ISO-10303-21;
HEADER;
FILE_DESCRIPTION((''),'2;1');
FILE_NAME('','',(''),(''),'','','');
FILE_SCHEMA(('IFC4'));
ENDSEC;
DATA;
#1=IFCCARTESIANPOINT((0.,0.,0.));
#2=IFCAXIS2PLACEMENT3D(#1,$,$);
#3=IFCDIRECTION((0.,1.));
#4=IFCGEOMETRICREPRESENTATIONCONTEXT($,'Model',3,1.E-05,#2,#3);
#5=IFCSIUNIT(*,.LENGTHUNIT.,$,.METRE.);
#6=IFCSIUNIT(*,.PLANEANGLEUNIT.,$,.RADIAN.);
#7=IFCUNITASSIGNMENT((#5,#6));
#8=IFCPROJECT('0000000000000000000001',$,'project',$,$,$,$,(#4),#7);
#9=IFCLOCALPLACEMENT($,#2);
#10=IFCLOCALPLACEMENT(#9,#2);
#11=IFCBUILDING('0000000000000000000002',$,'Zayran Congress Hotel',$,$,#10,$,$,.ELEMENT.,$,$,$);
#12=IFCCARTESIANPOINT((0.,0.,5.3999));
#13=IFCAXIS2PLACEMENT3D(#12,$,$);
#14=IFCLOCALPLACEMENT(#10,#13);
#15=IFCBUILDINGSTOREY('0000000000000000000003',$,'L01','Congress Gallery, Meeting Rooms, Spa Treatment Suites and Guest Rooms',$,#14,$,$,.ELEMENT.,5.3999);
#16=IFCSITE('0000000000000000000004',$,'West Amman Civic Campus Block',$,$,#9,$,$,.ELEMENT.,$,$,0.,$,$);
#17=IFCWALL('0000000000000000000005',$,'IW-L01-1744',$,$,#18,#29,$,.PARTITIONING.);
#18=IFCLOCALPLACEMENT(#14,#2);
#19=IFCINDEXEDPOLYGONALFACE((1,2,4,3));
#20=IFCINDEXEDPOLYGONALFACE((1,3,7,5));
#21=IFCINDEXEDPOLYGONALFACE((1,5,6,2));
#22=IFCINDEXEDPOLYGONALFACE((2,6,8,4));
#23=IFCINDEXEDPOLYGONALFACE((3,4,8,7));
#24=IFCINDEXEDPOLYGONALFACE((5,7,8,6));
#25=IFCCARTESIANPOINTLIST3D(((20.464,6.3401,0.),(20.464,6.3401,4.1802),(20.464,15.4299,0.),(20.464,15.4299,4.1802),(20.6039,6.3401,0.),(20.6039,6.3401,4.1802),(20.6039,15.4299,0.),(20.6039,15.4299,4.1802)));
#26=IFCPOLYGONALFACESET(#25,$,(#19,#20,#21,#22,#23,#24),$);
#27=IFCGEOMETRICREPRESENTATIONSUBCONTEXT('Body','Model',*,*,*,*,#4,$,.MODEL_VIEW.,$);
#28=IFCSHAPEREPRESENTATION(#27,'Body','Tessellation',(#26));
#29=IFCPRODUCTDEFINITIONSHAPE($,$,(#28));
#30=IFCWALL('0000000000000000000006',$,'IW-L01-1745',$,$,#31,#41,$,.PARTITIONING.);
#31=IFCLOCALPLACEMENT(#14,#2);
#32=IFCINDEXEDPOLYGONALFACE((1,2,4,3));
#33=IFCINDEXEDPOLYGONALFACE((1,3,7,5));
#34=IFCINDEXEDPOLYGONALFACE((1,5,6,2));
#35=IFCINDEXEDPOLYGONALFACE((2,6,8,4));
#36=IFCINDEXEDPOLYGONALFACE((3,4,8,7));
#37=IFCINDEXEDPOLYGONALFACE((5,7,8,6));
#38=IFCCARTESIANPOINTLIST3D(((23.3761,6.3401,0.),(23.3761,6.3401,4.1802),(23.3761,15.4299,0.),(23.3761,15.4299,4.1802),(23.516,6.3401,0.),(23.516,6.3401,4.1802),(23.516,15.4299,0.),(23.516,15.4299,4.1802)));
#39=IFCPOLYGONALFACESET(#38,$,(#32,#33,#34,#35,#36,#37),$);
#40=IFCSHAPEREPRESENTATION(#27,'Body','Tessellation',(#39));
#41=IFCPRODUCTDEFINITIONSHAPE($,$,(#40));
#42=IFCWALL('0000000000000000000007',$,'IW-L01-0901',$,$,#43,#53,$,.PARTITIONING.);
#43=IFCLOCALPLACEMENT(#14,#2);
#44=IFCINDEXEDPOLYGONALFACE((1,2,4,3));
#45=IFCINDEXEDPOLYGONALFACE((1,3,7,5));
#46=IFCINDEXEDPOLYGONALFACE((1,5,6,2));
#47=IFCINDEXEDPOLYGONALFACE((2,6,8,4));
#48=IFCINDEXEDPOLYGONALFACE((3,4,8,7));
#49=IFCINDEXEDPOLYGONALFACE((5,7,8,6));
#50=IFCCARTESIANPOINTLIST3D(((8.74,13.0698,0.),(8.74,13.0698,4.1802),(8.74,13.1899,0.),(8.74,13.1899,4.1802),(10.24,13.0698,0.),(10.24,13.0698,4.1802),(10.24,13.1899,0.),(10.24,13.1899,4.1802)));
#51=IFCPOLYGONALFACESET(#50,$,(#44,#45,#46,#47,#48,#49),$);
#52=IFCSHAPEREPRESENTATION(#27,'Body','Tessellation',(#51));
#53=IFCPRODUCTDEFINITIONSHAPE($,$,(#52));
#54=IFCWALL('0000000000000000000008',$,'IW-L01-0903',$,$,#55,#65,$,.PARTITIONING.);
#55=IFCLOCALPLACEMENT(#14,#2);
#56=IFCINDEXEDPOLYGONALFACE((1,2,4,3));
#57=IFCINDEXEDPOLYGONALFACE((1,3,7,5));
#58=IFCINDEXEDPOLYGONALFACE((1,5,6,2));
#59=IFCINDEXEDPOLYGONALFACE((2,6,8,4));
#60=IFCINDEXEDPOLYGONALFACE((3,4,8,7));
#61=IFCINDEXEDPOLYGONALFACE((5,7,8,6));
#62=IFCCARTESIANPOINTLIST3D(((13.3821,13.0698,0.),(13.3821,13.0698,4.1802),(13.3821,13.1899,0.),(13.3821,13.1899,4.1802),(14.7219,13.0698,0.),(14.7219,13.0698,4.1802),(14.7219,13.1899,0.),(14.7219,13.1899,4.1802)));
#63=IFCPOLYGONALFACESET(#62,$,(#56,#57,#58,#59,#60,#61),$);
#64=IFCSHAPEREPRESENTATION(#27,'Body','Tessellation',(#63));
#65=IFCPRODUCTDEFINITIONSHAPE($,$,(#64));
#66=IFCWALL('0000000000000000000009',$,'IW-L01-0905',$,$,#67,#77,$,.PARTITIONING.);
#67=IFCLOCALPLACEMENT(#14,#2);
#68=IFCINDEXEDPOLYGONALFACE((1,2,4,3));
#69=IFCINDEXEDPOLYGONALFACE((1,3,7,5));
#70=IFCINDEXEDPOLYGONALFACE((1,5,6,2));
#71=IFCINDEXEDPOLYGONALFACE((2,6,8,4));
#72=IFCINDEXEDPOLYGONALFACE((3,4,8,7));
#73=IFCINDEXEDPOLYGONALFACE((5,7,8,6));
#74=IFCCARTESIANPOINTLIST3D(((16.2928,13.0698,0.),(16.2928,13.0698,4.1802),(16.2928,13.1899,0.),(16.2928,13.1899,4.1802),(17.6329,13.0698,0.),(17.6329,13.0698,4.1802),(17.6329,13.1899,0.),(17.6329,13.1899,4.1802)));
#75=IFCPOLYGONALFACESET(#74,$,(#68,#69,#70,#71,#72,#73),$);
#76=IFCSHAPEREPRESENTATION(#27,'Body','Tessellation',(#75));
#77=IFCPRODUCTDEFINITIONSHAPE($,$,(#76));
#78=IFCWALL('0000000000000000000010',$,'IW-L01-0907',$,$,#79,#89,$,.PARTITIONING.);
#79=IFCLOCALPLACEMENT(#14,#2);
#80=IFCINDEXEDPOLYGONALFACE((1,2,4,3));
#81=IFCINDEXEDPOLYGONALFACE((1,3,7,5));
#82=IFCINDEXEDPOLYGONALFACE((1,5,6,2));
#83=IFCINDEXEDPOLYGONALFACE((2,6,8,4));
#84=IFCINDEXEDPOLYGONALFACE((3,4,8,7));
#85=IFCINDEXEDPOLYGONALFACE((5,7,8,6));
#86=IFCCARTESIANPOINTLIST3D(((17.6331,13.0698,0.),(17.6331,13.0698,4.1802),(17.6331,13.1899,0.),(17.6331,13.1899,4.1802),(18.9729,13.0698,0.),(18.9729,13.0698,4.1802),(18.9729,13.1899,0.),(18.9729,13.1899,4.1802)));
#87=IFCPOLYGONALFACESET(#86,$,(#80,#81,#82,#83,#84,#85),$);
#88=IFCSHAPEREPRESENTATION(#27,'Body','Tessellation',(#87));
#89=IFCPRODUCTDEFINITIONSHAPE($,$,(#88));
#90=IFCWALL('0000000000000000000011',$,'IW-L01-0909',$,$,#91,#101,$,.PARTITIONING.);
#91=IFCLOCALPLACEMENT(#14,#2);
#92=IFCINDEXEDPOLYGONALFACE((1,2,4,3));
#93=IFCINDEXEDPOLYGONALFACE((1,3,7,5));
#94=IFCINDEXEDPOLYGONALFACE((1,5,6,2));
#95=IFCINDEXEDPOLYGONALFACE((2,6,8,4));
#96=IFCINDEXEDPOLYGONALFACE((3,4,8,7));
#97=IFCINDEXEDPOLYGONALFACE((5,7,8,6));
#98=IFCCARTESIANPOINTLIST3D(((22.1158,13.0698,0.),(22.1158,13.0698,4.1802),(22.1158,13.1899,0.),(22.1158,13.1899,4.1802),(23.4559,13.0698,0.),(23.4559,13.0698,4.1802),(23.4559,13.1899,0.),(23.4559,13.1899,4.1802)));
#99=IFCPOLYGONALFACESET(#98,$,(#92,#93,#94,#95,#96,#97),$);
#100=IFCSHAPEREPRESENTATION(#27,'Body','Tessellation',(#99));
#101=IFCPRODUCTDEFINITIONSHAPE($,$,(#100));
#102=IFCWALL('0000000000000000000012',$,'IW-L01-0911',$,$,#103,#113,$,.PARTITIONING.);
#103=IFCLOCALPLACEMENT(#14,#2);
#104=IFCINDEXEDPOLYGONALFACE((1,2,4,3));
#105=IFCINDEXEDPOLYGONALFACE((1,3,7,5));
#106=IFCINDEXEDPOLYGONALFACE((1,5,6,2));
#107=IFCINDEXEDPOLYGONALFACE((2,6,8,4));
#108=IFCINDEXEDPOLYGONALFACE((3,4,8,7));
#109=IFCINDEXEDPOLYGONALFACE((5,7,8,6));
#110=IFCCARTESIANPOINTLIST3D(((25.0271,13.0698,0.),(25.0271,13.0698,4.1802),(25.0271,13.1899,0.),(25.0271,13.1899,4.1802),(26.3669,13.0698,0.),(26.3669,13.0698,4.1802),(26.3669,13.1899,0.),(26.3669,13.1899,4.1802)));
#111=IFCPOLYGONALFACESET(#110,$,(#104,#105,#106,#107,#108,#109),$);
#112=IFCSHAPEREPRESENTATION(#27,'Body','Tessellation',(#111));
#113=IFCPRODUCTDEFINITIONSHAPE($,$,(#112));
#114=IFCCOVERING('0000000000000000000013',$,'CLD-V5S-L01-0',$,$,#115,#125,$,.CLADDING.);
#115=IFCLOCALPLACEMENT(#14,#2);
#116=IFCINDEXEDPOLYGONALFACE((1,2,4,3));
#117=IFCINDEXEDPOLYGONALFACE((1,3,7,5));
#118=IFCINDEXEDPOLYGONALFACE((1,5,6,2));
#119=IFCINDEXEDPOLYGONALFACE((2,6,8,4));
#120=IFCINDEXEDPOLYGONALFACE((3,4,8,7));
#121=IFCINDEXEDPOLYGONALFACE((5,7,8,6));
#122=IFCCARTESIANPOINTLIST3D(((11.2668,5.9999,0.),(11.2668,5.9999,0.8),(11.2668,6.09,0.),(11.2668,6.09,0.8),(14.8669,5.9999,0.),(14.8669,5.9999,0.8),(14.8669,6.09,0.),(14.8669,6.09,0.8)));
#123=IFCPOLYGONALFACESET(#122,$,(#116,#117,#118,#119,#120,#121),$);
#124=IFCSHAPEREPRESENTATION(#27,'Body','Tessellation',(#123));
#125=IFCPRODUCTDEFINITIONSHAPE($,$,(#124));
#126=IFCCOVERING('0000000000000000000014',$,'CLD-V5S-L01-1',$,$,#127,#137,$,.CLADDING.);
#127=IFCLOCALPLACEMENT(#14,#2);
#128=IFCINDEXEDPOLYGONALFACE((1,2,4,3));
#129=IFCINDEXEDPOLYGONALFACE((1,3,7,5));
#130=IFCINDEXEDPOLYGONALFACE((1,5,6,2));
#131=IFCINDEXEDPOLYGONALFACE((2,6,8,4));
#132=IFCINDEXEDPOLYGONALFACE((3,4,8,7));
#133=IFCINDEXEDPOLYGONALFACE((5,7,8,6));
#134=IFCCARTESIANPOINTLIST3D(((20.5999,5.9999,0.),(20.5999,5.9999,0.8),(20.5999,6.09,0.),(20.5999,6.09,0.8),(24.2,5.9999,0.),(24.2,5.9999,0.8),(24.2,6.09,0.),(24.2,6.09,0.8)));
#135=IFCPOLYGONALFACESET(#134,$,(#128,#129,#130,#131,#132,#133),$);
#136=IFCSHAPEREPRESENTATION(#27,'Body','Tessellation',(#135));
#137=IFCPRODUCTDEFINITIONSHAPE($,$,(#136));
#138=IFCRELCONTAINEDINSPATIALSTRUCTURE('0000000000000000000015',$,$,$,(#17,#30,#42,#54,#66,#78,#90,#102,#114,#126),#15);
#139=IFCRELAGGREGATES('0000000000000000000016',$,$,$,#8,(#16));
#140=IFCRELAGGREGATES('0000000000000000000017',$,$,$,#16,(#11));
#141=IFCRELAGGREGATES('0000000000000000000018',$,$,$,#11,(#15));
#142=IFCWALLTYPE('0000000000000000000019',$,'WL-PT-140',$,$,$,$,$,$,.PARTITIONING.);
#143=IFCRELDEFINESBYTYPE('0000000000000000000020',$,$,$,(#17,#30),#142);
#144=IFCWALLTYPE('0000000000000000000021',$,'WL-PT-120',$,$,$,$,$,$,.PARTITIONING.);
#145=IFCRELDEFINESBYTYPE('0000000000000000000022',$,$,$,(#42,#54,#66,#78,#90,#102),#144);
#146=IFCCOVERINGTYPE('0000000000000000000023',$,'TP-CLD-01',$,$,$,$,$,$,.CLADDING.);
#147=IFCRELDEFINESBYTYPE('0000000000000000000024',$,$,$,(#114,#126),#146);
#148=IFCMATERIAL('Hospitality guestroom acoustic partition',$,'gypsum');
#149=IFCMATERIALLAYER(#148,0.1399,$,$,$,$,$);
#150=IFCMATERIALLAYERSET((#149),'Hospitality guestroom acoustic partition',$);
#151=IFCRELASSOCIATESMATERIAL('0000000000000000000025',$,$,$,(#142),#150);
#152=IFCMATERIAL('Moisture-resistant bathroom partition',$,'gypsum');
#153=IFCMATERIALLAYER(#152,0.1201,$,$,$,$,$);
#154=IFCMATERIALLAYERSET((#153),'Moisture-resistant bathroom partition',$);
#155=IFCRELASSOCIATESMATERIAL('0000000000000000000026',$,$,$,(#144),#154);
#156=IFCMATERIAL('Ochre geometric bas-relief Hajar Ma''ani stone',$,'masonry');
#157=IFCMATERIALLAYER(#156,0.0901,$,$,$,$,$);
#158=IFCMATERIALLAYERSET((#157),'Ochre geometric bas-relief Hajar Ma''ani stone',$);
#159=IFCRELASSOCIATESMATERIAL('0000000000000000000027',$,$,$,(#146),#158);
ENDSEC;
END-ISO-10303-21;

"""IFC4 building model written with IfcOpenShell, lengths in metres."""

from ifc_helpers import new_model, si_unit, direction, frame, frame_2d, origin, origin_2d, place, context, subcontext, project, spatial, rectangle, extrude, material, layer, layer_set, type_object, element, save


model = new_model("IFC4")

# Units and contexts
model_context = context("Model", 3, precision=1e-05, world=origin(), true_north=direction((0.0, 1.0)))
body_context = subcontext(model_context, "Body", "Model", "MODEL_VIEW")
ifc_project = project(units=[si_unit("LENGTHUNIT", "METRE"), si_unit("PLANEANGLEUNIT", "RADIAN")], contexts=[model_context])

# Site, building, storey
site_placement = place(None, origin())
site = spatial("IfcSite", under=ifc_project, at=site_placement, Name="West Amman Civic Campus Block", CompositionType="ELEMENT", RefElevation=0.0)
building_placement = place(site_placement, origin())
building = spatial("IfcBuilding", under=site, at=building_placement, Name="Zayran Congress Hotel", CompositionType="ELEMENT")
storey_placement = place(building_placement, frame((0.0, 0.0, 5.3999)))
storey = spatial("IfcBuildingStorey", under=building, at=storey_placement, Name="L01", Description="Congress Gallery, Meeting Rooms, Spa Treatment Suites and Guest Rooms", CompositionType="ELEMENT", Elevation=5.3999)

# Walls
ifc_material_1 = material(Name="Hospitality guestroom acoustic partition", Category="gypsum")
ifc_layer_1 = layer(ifc_material_1, 0.1399)
ifc_layer_set_1 = layer_set([ifc_layer_1], Name="Hospitality guestroom acoustic partition")
wall_type_1 = type_object("IfcWallType", Name="WL-PT-140", PredefinedType="PARTITIONING", material=ifc_layer_set_1)
for number, where, z_axis, x_axis, name in (
    (1, (20.5339, 6.3401, 0.0), (0.0, 0.0, 1.0), (0.0, 1.0, 0.0), "IW-L01-1744"),
    (2, (23.446, 6.3401, 0.0), (0.0, 0.0, 1.0), (0.0, 1.0, 0.0), "IW-L01-1745"),
):
    element("IfcWall", number, at=place(storey_placement, frame(where, z_axis=z_axis, x_axis=x_axis)), inside=storey, type_object=wall_type_1, Name=name, PredefinedType="PARTITIONING", context=body_context, shape_type="SweptSolid", body=[
        extrude(rectangle(XDim=9.0898, YDim=0.1399, at=frame_2d((4.5449, 0.0))), origin(), (0.0, 0.0, 1.0), 4.1802),
    ])

# Shared definitions
ifc_material_2 = material(Name="Moisture-resistant bathroom partition", Category="gypsum")
ifc_layer_2 = layer(ifc_material_2, 0.1201)
ifc_layer_set_2 = layer_set([ifc_layer_2], Name="Moisture-resistant bathroom partition")
wall_type_2 = type_object("IfcWallType", Name="WL-PT-120", PredefinedType="PARTITIONING", material=ifc_layer_set_2)

# Walls
wall_1_placement = place(storey_placement, frame((8.74, 13.1299, 0.0), z_axis=(0.0, 0.0, 1.0), x_axis=(1.0, 0.0, 0.0)))
element("IfcWall", 3, at=wall_1_placement, inside=storey, type_object=wall_type_2, Name="IW-L01-0901", PredefinedType="PARTITIONING", context=body_context, shape_type="SweptSolid", body=[
    extrude(rectangle(XDim=1.5, YDim=0.1201, at=frame_2d((0.75, 0.0))), origin(), (0.0, 0.0, 1.0), 4.1802),
])
wall_2_placement = place(storey_placement, frame((13.3821, 13.1299, 0.0), z_axis=(0.0, 0.0, 1.0), x_axis=(1.0, 0.0, 0.0)))
element("IfcWall", 4, at=wall_2_placement, inside=storey, type_object=wall_type_2, Name="IW-L01-0903", PredefinedType="PARTITIONING", context=body_context, shape_type="SweptSolid", body=[
    extrude(rectangle(XDim=1.3398, YDim=0.1201, at=frame_2d((0.6699, 0.0))), origin(), (0.0, 0.0, 1.0), 4.1802),
])
wall_3_placement = place(storey_placement, frame((16.293, 13.1299, 0.0), z_axis=(0.0, 0.0, 1.0), x_axis=(1.0, 0.0, 0.0)))
element("IfcWall", 5, at=wall_3_placement, inside=storey, type_object=wall_type_2, Name="IW-L01-0905", PredefinedType="PARTITIONING", context=body_context, shape_type="SweptSolid", body=[
    extrude(rectangle(XDim=1.3401, YDim=0.1201, at=frame_2d((0.6699, 0.0))), origin(), (0.0, 0.0, 1.0), 4.1802),
])
wall_4_placement = place(storey_placement, frame((17.6331, 13.1299, 0.0), z_axis=(0.0, 0.0, 1.0), x_axis=(1.0, 0.0, 0.0)))
element("IfcWall", 6, at=wall_4_placement, inside=storey, type_object=wall_type_2, Name="IW-L01-0907", PredefinedType="PARTITIONING", context=body_context, shape_type="SweptSolid", body=[
    extrude(rectangle(XDim=1.3398, YDim=0.1201, at=frame_2d((0.6699, 0.0))), origin(), (0.0, 0.0, 1.0), 4.1802),
])
wall_5_placement = place(storey_placement, frame((22.116, 13.1299, 0.0), z_axis=(0.0, 0.0, 1.0), x_axis=(1.0, 0.0, 0.0)))
element("IfcWall", 7, at=wall_5_placement, inside=storey, type_object=wall_type_2, Name="IW-L01-0909", PredefinedType="PARTITIONING", context=body_context, shape_type="SweptSolid", body=[
    extrude(rectangle(XDim=1.3401, YDim=0.1201, at=frame_2d((0.6699, 0.0))), origin(), (0.0, 0.0, 1.0), 4.1802),
])
wall_6_placement = place(storey_placement, frame((25.0271, 13.1299, 0.0), z_axis=(0.0, 0.0, 1.0), x_axis=(1.0, 0.0, 0.0)))
element("IfcWall", 8, at=wall_6_placement, inside=storey, type_object=wall_type_2, Name="IW-L01-0911", PredefinedType="PARTITIONING", context=body_context, shape_type="SweptSolid", body=[
    extrude(rectangle(XDim=1.3398, YDim=0.1201, at=frame_2d((0.6699, 0.0))), origin(), (0.0, 0.0, 1.0), 4.1802),
])

# Coverings
ifc_material_3 = material(Name="Ochre geometric bas-relief Hajar Ma'ani stone", Category="masonry")
ifc_layer_3 = layer(ifc_material_3, 0.0901)
ifc_layer_set_3 = layer_set([ifc_layer_3], Name="Ochre geometric bas-relief Hajar Ma'ani stone")
covering_type = type_object("IfcCoveringType", Name="TP-CLD-01", PredefinedType="CLADDING", material=ifc_layer_set_3)
for number, where, z_axis, x_axis, name in (
    (9, (13.0669, 6.0449, 0.0), (0.0, 0.0, 1.0), (1.0, 0.0, 0.0), "CLD-V5S-L01-0"),
    (10, (22.3999, 6.0449, 0.0), (0.0, 0.0, 1.0), (1.0, 0.0, 0.0), "CLD-V5S-L01-1"),
):
    element("IfcCovering", number, at=place(storey_placement, frame(where, z_axis=z_axis, x_axis=x_axis)), inside=storey, type_object=covering_type, Name=name, PredefinedType="CLADDING", context=body_context, shape_type="SweptSolid", body=[
        extrude(rectangle(XDim=3.6001, YDim=0.0901, at=origin_2d()), origin(), (0.0, 0.0, 1.0), 0.8),
    ])

save(model, "model.ifc")
